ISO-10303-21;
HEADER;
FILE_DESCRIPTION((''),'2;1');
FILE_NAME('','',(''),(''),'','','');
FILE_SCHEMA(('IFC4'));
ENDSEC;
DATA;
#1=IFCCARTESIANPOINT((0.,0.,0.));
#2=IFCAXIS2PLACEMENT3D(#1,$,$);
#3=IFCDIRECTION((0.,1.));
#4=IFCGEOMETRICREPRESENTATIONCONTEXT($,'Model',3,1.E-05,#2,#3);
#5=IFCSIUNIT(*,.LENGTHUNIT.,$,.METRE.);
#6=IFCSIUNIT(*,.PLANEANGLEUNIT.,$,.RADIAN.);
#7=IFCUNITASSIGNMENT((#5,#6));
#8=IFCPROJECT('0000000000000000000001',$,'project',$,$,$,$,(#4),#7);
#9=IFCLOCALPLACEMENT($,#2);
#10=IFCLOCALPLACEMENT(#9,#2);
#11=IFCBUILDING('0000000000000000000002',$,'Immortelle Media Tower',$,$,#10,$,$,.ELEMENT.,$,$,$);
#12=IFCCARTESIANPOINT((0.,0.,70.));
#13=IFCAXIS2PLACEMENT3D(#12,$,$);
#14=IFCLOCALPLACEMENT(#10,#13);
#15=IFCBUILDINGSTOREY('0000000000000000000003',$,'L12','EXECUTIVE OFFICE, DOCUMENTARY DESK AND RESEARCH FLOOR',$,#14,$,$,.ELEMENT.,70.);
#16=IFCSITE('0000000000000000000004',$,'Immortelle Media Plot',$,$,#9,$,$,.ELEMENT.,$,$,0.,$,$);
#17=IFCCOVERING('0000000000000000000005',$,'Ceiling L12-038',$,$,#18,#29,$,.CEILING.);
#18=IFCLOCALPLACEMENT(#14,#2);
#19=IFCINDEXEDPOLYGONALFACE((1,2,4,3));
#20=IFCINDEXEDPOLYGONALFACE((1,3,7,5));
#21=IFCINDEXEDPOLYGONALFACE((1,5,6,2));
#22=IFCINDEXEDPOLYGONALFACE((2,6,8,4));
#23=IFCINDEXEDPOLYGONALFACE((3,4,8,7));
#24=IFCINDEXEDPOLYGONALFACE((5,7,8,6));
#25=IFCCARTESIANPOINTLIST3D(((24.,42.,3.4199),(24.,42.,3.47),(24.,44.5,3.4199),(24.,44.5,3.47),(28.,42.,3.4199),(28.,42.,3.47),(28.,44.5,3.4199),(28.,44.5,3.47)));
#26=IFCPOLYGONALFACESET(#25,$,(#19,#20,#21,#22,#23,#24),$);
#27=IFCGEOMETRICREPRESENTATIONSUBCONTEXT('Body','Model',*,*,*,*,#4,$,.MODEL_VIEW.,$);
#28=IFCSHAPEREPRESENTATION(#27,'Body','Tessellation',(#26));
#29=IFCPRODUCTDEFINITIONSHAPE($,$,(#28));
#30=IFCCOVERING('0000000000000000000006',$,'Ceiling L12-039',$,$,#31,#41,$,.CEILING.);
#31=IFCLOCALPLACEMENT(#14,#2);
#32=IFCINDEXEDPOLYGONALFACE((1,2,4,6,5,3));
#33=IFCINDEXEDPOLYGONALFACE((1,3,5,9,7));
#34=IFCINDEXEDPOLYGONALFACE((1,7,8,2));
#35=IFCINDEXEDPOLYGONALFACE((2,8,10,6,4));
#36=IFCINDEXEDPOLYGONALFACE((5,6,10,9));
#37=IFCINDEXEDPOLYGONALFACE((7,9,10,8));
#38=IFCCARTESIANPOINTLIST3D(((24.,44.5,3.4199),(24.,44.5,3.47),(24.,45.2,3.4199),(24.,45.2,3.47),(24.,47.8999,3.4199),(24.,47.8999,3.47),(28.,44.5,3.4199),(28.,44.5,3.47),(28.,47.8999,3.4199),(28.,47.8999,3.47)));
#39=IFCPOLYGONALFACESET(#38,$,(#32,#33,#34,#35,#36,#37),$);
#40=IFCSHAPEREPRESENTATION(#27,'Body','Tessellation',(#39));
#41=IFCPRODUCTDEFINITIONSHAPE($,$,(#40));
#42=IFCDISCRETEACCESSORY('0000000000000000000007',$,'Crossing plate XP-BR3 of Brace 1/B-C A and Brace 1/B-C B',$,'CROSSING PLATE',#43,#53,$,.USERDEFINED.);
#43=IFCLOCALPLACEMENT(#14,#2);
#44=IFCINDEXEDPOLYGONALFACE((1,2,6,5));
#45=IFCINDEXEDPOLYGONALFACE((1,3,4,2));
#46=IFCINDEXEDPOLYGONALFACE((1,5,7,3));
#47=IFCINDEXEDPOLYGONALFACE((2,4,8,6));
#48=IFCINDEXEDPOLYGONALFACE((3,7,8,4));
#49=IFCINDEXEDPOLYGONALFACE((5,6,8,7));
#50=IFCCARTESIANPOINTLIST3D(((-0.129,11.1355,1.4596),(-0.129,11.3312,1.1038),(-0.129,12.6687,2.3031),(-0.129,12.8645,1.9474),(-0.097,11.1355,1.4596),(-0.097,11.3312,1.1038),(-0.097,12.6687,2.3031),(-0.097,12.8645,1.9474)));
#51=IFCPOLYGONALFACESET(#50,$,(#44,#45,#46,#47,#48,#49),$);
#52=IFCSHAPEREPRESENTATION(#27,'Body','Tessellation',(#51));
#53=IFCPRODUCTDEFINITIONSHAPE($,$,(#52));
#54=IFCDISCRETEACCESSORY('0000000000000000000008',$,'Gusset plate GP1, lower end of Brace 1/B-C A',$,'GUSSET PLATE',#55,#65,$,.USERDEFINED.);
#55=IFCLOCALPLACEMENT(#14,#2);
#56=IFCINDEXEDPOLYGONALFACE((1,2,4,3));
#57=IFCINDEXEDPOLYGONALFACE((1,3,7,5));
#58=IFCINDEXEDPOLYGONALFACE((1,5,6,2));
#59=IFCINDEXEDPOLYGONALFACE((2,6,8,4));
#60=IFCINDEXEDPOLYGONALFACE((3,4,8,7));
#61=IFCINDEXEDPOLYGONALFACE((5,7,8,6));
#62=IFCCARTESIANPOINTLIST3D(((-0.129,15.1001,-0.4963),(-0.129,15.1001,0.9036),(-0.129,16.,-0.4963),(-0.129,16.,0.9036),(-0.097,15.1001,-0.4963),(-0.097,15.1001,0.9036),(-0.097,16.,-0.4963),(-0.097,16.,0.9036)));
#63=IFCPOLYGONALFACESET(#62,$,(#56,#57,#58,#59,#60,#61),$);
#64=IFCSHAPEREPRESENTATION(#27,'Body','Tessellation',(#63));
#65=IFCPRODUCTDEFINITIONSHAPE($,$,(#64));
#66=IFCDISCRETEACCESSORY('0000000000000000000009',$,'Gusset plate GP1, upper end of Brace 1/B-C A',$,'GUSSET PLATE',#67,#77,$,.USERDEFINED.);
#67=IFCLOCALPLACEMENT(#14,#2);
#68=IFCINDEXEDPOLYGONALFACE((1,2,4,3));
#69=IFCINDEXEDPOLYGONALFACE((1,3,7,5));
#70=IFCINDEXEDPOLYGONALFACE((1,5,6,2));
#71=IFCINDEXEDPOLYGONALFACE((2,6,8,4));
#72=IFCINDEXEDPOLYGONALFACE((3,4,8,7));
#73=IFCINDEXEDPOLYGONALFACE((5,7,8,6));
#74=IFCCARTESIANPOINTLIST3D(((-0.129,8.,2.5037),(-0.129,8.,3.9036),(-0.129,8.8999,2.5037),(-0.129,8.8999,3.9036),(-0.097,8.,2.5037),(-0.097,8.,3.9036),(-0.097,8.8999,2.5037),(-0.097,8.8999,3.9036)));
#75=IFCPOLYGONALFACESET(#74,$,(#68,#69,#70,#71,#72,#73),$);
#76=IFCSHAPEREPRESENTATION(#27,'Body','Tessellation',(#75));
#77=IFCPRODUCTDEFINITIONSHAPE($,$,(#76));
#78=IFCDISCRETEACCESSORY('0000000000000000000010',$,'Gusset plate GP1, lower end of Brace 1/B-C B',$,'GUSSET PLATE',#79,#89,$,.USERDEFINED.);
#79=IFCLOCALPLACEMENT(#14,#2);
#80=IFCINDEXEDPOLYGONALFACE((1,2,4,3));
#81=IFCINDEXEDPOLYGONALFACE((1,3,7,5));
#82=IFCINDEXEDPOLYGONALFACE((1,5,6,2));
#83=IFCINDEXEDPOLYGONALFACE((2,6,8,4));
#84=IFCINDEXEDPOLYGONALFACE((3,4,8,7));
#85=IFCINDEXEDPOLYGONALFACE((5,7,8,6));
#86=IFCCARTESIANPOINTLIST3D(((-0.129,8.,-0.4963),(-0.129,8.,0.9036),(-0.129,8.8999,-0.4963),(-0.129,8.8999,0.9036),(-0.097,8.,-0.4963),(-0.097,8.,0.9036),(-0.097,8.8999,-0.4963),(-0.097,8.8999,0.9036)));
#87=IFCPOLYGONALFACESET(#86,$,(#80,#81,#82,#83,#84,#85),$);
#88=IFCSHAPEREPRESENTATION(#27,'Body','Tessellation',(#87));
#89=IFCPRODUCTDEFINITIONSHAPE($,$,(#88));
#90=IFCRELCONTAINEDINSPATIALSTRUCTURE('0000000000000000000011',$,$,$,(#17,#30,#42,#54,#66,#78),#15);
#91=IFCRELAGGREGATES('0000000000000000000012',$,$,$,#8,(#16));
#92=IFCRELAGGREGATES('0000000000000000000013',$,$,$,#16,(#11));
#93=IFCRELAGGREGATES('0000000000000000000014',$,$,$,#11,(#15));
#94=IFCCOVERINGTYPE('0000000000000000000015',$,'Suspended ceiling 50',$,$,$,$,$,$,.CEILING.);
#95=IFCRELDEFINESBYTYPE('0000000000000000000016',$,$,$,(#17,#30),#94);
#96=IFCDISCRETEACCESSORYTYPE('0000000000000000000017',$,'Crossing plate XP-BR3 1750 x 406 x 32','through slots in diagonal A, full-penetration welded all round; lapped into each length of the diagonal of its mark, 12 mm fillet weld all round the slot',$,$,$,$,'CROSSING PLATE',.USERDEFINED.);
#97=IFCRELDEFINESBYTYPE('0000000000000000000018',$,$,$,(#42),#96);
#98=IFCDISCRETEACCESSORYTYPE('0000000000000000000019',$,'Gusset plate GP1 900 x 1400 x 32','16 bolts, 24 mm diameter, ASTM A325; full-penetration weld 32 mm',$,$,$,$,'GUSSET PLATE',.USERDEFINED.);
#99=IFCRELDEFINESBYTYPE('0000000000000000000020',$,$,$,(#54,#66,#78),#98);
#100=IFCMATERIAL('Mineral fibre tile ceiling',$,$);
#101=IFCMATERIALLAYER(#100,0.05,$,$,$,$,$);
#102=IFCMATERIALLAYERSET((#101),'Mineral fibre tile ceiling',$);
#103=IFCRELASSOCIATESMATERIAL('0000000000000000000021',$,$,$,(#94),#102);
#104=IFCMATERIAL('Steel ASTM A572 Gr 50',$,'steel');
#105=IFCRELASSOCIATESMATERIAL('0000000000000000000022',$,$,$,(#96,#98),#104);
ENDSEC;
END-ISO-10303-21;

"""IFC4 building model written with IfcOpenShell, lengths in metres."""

from ifc_helpers import new_model, si_unit, direction, frame, origin, origin_2d, place, context, subcontext, project, spatial, polyline, rectangle, outline, extrude, material, layer, layer_set, material_profile, profile_set, type_object, element, save


model = new_model("IFC4")

# Units and contexts
model_context = context("Model", 3, precision=1e-05, world=origin(), true_north=direction((0.0, 1.0)))
body_context = subcontext(model_context, "Body", "Model", "MODEL_VIEW")
ifc_project = project(units=[si_unit("LENGTHUNIT", "METRE"), si_unit("PLANEANGLEUNIT", "RADIAN")], contexts=[model_context])

# Site, building, storey
site_placement = place(None, origin())
site = spatial("IfcSite", under=ifc_project, at=site_placement, Name="Immortelle Media Plot", CompositionType="ELEMENT", RefElevation=0.0)
building_placement = place(site_placement, origin())
building = spatial("IfcBuilding", under=site, at=building_placement, Name="Immortelle Media Tower", CompositionType="ELEMENT")
storey_placement = place(building_placement, frame((0.0, 0.0, 70.0)))
storey = spatial("IfcBuildingStorey", under=building, at=storey_placement, Name="L12", Description="EXECUTIVE OFFICE, DOCUMENTARY DESK AND RESEARCH FLOOR", CompositionType="ELEMENT", Elevation=70.0)

# Coverings
ifc_material_1 = material(Name="Mineral fibre tile ceiling")
ifc_layer = layer(ifc_material_1, 0.05)
ifc_layer_set = layer_set([ifc_layer], Name="Mineral fibre tile ceiling")
covering_type = type_object("IfcCoveringType", Name="Suspended ceiling 50", PredefinedType="CEILING", material=ifc_layer_set)
covering_1_placement = place(storey_placement, frame((0.0, 0.0, 3.4199)))
element("IfcCovering", 1, at=covering_1_placement, inside=storey, type_object=covering_type, Name="Ceiling L12-038", PredefinedType="CEILING", context=body_context, shape_type="SweptSolid", body=[
    extrude(outline(polyline([(28.0, 42.0), (24.0, 42.0), (24.0, 44.5), (28.0, 44.5), (28.0, 42.0)])), origin(), (0.0, 0.0, 1.0), 0.05),
])
covering_2_placement = place(storey_placement, frame((0.0, 0.0, 3.4199)))
element("IfcCovering", 2, at=covering_2_placement, inside=storey, type_object=covering_type, Name="Ceiling L12-039", PredefinedType="CEILING", context=body_context, shape_type="SweptSolid", body=[
    extrude(outline(polyline([(24.0, 47.8999), (28.0, 47.8999), (28.0, 44.5), (24.0, 44.5), (24.0, 45.2), (24.0, 47.8999)])), origin(), (0.0, 0.0, 1.0), 0.05),
])

# Discrete accessories
ifc_material_2 = material(Name="Steel ASTM A572 Gr 50", Category="steel")
ifc_material_profile_1 = material_profile(ifc_material_2, rectangle(XDim=0.032, YDim=0.406, at=origin_2d()), Name="PL 32 x 406")
ifc_profile_set_1 = profile_set([ifc_material_profile_1], Name="Steel ASTM A572 Gr 50")
discrete_accessory_type_1 = type_object("IfcDiscreteAccessoryType", Name="Crossing plate XP-BR3 1750 x 406 x 32", Description="through slots in diagonal A, full-penetration welded all round; lapped into each length of the diagonal of its mark, 12 mm fillet weld all round the slot", ElementType="CROSSING PLATE", PredefinedType="USERDEFINED", material=ifc_profile_set_1)
discrete_accessory_placement = place(storey_placement, frame((-0.113, 12.7666, 2.1252), z_axis=(0.0, -0.876157, -0.482026), x_axis=(1.0, 0.0, 0.0)))
element("IfcDiscreteAccessory", 3, at=discrete_accessory_placement, inside=storey, type_object=discrete_accessory_type_1, Name="Crossing plate XP-BR3 of Brace 1/B-C A and Brace 1/B-C B", ObjectType="CROSSING PLATE", PredefinedType="USERDEFINED", context=body_context, shape_type="SweptSolid", body=[
    extrude(rectangle(XDim=0.032, YDim=0.406, at=origin_2d()), origin(), (0.0, 0.0, 1.0), 1.75),
])
ifc_material_profile_2 = material_profile(ifc_material_2, rectangle(XDim=0.032, YDim=1.3999, at=origin_2d()), Name="PL 32 x 1400")
ifc_profile_set_2 = profile_set([ifc_material_profile_2], Name="Steel ASTM A572 Gr 50")
discrete_accessory_type_2 = type_object("IfcDiscreteAccessoryType", Name="Gusset plate GP1 900 x 1400 x 32", Description="16 bolts, 24 mm diameter, ASTM A325; full-penetration weld 32 mm", ElementType="GUSSET PLATE", PredefinedType="USERDEFINED", material=ifc_profile_set_2)
for number, where, z_axis, x_axis, name in (
    (4, (-0.113, 16.0, 0.2036), (0.0, -1.0, 0.0), (1.0, 0.0, 0.0), "Gusset plate GP1, lower end of Brace 1/B-C A"),
    (5, (-0.113, 8.0, 3.2036), (0.0, 1.0, 0.0), (-1.0, 0.0, 0.0), "Gusset plate GP1, upper end of Brace 1/B-C A"),
    (6, (-0.113, 8.0, 0.2036), (0.0, 1.0, 0.0), (-1.0, 0.0, 0.0), "Gusset plate GP1, lower end of Brace 1/B-C B"),
):
    element("IfcDiscreteAccessory", number, at=place(storey_placement, frame(where, z_axis=z_axis, x_axis=x_axis)), inside=storey, type_object=discrete_accessory_type_2, Name=name, ObjectType="GUSSET PLATE", PredefinedType="USERDEFINED", context=body_context, shape_type="SweptSolid", body=[
        extrude(rectangle(XDim=0.032, YDim=1.3999, at=origin_2d()), origin(), (0.0, 0.0, 1.0), 0.8999),
    ])

save(model, "model.ifc")
